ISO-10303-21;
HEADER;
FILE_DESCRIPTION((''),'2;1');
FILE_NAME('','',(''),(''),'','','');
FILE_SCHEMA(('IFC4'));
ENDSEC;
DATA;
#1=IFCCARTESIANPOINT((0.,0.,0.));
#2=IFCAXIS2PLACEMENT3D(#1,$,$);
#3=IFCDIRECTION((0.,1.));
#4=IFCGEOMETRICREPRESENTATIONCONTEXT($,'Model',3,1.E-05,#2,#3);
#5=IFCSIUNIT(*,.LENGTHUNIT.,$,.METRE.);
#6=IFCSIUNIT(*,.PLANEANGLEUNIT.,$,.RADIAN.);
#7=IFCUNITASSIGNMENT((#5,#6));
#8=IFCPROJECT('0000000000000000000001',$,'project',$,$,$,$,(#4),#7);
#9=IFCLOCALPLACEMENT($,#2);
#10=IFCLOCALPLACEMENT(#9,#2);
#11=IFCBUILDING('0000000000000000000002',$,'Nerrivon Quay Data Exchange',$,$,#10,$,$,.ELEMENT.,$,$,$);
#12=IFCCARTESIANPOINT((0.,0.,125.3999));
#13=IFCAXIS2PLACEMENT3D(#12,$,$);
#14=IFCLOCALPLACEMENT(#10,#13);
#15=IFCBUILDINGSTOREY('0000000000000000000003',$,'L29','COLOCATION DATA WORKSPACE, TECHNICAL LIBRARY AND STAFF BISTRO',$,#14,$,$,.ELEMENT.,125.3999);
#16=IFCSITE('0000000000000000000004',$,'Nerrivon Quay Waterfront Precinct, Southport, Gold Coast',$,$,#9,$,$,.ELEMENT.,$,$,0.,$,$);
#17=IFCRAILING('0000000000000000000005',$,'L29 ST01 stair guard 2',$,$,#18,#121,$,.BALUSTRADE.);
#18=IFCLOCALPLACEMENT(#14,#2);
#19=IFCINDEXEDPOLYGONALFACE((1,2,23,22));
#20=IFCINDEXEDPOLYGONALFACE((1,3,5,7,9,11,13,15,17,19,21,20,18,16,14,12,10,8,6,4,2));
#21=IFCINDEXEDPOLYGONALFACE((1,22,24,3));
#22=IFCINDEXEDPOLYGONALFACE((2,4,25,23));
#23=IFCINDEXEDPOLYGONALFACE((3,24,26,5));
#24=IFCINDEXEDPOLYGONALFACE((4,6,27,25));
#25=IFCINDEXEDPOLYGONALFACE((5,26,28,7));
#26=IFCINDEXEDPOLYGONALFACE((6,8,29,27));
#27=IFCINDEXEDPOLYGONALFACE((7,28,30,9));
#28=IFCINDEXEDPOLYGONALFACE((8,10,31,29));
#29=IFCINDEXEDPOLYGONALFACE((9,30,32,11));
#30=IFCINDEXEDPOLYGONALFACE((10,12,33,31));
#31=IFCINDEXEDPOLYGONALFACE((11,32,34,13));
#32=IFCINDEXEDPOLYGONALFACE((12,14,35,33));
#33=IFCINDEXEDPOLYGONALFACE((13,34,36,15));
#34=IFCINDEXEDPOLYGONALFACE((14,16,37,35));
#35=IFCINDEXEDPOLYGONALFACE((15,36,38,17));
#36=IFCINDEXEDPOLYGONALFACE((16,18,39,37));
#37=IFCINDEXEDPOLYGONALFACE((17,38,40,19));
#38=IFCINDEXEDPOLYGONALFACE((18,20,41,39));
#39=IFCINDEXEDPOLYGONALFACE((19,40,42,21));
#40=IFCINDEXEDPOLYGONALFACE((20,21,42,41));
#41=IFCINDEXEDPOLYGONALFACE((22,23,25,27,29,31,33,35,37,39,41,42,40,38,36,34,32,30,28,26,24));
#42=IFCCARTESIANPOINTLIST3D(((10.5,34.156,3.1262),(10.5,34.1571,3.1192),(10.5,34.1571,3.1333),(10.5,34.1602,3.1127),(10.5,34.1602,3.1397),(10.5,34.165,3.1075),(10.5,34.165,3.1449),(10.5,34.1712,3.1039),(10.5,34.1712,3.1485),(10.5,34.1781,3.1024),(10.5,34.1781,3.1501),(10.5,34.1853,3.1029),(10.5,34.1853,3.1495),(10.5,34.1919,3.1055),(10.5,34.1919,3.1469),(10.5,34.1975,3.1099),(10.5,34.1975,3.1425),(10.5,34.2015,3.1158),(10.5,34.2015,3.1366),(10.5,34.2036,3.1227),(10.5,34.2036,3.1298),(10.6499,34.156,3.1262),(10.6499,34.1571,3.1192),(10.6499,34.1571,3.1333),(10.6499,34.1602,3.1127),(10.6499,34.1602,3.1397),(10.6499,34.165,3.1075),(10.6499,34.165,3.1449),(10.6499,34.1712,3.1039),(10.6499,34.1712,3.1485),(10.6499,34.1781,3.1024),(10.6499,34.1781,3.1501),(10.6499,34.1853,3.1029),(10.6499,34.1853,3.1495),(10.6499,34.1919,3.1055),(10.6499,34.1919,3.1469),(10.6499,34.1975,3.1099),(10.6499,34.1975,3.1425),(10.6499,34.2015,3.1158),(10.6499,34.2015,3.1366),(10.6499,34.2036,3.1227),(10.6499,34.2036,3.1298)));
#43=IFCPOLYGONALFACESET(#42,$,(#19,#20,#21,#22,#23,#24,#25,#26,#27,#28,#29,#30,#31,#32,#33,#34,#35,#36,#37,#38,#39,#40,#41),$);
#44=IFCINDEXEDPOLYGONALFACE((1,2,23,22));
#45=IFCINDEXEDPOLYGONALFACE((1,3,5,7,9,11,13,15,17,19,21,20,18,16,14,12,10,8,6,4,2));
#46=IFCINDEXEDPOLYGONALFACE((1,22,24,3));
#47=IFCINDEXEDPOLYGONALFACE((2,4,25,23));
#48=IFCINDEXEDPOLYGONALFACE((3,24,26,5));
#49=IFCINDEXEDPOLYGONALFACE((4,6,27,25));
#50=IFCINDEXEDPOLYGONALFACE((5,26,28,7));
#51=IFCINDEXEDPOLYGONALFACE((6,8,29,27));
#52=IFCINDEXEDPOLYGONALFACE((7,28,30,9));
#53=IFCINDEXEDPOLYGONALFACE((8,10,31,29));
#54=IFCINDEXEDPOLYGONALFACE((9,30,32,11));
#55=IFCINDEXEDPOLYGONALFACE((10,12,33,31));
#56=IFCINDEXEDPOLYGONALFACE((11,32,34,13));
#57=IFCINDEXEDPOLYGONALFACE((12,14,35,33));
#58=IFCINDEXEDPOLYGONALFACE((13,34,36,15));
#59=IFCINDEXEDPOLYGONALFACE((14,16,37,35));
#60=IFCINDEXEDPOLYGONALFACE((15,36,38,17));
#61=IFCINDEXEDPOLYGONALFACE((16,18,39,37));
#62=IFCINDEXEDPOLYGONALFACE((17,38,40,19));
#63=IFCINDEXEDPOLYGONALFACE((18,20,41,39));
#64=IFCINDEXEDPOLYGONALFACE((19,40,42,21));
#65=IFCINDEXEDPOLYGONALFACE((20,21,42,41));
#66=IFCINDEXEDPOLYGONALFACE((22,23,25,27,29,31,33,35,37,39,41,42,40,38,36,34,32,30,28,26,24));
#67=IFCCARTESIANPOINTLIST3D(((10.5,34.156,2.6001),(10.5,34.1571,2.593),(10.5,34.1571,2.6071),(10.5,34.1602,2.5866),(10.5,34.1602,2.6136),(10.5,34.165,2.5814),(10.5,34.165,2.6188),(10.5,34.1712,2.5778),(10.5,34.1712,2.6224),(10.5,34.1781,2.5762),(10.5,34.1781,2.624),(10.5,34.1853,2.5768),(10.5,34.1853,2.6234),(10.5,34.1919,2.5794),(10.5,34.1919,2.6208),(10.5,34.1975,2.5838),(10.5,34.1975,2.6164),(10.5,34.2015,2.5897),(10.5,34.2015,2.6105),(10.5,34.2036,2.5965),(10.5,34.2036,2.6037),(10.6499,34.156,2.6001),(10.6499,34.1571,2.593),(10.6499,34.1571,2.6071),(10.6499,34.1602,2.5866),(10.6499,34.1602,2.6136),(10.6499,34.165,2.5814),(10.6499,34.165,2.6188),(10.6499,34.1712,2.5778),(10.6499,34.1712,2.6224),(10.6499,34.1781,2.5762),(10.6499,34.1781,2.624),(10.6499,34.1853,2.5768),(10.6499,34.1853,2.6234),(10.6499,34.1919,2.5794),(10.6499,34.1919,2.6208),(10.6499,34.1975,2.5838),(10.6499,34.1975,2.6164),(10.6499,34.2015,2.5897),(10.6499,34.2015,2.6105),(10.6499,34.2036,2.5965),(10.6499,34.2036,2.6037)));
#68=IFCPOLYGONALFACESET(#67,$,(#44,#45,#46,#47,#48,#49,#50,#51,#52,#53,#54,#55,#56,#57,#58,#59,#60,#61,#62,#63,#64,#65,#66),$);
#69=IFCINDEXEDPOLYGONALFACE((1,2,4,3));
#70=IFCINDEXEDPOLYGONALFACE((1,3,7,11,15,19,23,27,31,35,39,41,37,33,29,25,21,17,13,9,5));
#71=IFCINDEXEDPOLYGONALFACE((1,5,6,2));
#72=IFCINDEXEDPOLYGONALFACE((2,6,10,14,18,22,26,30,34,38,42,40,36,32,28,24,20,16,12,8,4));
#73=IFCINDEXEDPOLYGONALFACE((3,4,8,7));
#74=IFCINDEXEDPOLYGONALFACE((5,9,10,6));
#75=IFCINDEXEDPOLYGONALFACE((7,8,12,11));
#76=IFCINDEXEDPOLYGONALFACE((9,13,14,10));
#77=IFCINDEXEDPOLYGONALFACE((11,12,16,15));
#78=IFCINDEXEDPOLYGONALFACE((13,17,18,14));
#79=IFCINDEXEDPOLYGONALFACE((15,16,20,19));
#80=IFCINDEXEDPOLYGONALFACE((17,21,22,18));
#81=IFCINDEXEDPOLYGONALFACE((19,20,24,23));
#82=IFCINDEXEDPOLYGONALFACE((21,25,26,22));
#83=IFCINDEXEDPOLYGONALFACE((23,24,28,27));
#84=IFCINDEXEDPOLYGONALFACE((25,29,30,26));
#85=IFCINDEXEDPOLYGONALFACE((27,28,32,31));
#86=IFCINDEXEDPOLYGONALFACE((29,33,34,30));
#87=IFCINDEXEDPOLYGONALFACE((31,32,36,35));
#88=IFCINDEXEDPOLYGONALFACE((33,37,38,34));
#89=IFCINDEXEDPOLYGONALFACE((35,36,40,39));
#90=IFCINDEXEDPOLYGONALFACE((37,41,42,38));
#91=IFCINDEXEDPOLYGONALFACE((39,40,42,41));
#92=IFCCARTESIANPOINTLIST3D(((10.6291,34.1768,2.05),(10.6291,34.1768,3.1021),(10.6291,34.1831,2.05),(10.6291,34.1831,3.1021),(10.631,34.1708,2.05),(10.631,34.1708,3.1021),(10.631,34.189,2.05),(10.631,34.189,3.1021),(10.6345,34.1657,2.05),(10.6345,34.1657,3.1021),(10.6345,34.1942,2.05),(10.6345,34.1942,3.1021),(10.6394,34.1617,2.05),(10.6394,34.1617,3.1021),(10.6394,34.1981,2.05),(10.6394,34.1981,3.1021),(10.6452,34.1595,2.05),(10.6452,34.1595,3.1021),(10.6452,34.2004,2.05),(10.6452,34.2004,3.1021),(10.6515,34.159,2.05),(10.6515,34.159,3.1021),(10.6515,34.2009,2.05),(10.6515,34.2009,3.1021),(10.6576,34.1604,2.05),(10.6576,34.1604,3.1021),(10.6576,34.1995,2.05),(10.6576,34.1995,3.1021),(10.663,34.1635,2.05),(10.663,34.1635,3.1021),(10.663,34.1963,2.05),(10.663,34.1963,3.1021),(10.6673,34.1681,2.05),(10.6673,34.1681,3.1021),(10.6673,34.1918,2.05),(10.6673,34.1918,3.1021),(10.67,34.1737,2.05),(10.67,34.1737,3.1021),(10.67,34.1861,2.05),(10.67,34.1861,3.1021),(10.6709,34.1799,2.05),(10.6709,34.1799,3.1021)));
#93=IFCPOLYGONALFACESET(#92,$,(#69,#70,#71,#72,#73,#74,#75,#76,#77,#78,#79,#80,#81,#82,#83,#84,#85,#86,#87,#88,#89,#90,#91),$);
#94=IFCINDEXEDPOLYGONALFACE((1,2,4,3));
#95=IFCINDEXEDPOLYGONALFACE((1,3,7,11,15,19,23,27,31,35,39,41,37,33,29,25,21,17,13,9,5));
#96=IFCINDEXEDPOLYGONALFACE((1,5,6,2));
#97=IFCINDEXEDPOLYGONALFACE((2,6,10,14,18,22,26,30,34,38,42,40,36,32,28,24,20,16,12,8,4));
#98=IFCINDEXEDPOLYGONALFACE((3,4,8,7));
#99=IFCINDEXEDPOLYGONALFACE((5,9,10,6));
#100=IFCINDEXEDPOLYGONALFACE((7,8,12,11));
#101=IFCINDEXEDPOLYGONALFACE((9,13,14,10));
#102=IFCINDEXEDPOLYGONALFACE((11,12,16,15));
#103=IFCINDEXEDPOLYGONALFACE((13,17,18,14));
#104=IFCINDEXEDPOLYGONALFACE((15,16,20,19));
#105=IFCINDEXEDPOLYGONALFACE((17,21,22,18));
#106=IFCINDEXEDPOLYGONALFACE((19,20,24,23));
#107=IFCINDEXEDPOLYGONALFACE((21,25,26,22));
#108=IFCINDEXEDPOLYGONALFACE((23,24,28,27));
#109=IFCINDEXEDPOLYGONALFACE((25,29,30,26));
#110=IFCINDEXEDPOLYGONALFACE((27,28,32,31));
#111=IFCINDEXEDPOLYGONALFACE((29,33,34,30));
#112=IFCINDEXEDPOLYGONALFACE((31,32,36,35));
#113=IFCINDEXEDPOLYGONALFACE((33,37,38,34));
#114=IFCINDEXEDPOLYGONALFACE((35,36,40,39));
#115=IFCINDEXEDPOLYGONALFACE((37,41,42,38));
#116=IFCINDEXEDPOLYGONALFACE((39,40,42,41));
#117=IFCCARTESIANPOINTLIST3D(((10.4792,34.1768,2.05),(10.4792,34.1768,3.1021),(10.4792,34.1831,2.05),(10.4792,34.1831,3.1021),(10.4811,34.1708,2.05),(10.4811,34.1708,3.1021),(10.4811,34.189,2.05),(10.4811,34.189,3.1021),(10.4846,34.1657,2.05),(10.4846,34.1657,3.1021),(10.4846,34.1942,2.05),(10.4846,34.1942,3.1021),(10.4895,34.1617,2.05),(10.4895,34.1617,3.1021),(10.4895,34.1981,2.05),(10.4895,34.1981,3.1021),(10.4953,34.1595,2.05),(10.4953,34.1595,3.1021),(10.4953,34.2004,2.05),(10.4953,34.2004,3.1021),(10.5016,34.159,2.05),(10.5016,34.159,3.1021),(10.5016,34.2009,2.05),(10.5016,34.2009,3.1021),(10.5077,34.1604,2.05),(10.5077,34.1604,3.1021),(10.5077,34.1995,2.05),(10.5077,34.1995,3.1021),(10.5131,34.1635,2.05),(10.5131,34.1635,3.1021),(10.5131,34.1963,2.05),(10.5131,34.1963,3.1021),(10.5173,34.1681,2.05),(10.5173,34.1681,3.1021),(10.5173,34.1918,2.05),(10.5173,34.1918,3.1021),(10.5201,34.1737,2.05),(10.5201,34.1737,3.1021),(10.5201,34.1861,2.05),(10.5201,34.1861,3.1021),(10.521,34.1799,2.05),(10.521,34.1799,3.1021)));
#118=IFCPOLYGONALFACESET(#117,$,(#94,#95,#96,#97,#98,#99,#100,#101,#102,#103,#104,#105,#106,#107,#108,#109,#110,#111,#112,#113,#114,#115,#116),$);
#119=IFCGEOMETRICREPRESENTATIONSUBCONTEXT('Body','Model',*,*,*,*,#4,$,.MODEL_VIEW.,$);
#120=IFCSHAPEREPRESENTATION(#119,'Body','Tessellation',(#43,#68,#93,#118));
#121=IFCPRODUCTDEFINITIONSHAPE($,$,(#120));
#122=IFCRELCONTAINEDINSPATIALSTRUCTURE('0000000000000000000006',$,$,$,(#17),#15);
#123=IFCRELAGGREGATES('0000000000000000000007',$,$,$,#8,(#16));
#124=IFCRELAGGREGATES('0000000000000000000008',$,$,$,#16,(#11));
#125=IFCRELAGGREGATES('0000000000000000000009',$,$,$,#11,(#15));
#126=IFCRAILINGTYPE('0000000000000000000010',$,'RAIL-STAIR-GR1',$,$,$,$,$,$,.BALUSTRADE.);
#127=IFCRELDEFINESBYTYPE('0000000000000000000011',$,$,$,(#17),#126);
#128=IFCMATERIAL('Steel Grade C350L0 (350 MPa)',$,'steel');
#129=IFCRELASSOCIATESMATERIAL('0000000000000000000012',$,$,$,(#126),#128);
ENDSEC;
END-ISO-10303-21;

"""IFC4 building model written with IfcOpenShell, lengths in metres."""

from ifc_helpers import new_model, si_unit, direction, frame, origin, origin_2d, place, context, subcontext, project, spatial, circle, extrude, material, type_object, element, save


model = new_model("IFC4")

# Units and contexts
model_context = context("Model", 3, precision=1e-05, world=origin(), true_north=direction((0.0, 1.0)))
body_context = subcontext(model_context, "Body", "Model", "MODEL_VIEW")
ifc_project = project(units=[si_unit("LENGTHUNIT", "METRE"), si_unit("PLANEANGLEUNIT", "RADIAN")], contexts=[model_context])

# Site, building, storey
site_placement = place(None, origin())
site = spatial("IfcSite", under=ifc_project, at=site_placement, Name="Nerrivon Quay Waterfront Precinct, Southport, Gold Coast", CompositionType="ELEMENT", RefElevation=0.0)
building_placement = place(site_placement, origin())
building = spatial("IfcBuilding", under=site, at=building_placement, Name="Nerrivon Quay Data Exchange", CompositionType="ELEMENT")
storey_placement = place(building_placement, frame((0.0, 0.0, 125.3999)))
storey = spatial("IfcBuildingStorey", under=building, at=storey_placement, Name="L29", Description="COLOCATION DATA WORKSPACE, TECHNICAL LIBRARY AND STAFF BISTRO", CompositionType="ELEMENT", Elevation=125.3999)

# Railing
ifc_material_1 = material(Name="Steel Grade C350L0 (350 MPa)", Category="steel")
railing_type_1 = type_object("IfcRailingType", Name="RAIL-STAIR-GR1", PredefinedType="BALUSTRADE", material=ifc_material_1)
railing_1_placement = place(storey_placement, frame((10.6499, 34.1799, 2.05)))
element("IfcRailing", 1, at=railing_1_placement, inside=storey, type_object=railing_type_1, Name="L29 ST01 stair guard 2", PredefinedType="BALUSTRADE", context=body_context, shape_type="SweptSolid", body=[
    extrude(circle(Radius=0.0239, at=origin_2d()), frame((0.0, 0.0, 1.0762), z_axis=(-1.0, 0.0, 0.0), x_axis=(0.0, -1.0, 0.0)), (0.0, 0.0, 1.0), 0.1499),
    extrude(circle(Radius=0.0239, at=origin_2d()), frame((0.0, 0.0, 0.55), z_axis=(-1.0, 0.0, 0.0), x_axis=(0.0, -1.0, 0.0)), (0.0, 0.0, 1.0), 0.1499),
    extrude(circle(Radius=0.021, at=origin_2d()), origin(), (0.0, 0.0, 1.0), 1.052),
    extrude(circle(Radius=0.021, at=origin_2d()), frame((-0.1499, 0.0, 0.0)), (0.0, 0.0, 1.0), 1.052),
])

save(model, "model.ifc")
